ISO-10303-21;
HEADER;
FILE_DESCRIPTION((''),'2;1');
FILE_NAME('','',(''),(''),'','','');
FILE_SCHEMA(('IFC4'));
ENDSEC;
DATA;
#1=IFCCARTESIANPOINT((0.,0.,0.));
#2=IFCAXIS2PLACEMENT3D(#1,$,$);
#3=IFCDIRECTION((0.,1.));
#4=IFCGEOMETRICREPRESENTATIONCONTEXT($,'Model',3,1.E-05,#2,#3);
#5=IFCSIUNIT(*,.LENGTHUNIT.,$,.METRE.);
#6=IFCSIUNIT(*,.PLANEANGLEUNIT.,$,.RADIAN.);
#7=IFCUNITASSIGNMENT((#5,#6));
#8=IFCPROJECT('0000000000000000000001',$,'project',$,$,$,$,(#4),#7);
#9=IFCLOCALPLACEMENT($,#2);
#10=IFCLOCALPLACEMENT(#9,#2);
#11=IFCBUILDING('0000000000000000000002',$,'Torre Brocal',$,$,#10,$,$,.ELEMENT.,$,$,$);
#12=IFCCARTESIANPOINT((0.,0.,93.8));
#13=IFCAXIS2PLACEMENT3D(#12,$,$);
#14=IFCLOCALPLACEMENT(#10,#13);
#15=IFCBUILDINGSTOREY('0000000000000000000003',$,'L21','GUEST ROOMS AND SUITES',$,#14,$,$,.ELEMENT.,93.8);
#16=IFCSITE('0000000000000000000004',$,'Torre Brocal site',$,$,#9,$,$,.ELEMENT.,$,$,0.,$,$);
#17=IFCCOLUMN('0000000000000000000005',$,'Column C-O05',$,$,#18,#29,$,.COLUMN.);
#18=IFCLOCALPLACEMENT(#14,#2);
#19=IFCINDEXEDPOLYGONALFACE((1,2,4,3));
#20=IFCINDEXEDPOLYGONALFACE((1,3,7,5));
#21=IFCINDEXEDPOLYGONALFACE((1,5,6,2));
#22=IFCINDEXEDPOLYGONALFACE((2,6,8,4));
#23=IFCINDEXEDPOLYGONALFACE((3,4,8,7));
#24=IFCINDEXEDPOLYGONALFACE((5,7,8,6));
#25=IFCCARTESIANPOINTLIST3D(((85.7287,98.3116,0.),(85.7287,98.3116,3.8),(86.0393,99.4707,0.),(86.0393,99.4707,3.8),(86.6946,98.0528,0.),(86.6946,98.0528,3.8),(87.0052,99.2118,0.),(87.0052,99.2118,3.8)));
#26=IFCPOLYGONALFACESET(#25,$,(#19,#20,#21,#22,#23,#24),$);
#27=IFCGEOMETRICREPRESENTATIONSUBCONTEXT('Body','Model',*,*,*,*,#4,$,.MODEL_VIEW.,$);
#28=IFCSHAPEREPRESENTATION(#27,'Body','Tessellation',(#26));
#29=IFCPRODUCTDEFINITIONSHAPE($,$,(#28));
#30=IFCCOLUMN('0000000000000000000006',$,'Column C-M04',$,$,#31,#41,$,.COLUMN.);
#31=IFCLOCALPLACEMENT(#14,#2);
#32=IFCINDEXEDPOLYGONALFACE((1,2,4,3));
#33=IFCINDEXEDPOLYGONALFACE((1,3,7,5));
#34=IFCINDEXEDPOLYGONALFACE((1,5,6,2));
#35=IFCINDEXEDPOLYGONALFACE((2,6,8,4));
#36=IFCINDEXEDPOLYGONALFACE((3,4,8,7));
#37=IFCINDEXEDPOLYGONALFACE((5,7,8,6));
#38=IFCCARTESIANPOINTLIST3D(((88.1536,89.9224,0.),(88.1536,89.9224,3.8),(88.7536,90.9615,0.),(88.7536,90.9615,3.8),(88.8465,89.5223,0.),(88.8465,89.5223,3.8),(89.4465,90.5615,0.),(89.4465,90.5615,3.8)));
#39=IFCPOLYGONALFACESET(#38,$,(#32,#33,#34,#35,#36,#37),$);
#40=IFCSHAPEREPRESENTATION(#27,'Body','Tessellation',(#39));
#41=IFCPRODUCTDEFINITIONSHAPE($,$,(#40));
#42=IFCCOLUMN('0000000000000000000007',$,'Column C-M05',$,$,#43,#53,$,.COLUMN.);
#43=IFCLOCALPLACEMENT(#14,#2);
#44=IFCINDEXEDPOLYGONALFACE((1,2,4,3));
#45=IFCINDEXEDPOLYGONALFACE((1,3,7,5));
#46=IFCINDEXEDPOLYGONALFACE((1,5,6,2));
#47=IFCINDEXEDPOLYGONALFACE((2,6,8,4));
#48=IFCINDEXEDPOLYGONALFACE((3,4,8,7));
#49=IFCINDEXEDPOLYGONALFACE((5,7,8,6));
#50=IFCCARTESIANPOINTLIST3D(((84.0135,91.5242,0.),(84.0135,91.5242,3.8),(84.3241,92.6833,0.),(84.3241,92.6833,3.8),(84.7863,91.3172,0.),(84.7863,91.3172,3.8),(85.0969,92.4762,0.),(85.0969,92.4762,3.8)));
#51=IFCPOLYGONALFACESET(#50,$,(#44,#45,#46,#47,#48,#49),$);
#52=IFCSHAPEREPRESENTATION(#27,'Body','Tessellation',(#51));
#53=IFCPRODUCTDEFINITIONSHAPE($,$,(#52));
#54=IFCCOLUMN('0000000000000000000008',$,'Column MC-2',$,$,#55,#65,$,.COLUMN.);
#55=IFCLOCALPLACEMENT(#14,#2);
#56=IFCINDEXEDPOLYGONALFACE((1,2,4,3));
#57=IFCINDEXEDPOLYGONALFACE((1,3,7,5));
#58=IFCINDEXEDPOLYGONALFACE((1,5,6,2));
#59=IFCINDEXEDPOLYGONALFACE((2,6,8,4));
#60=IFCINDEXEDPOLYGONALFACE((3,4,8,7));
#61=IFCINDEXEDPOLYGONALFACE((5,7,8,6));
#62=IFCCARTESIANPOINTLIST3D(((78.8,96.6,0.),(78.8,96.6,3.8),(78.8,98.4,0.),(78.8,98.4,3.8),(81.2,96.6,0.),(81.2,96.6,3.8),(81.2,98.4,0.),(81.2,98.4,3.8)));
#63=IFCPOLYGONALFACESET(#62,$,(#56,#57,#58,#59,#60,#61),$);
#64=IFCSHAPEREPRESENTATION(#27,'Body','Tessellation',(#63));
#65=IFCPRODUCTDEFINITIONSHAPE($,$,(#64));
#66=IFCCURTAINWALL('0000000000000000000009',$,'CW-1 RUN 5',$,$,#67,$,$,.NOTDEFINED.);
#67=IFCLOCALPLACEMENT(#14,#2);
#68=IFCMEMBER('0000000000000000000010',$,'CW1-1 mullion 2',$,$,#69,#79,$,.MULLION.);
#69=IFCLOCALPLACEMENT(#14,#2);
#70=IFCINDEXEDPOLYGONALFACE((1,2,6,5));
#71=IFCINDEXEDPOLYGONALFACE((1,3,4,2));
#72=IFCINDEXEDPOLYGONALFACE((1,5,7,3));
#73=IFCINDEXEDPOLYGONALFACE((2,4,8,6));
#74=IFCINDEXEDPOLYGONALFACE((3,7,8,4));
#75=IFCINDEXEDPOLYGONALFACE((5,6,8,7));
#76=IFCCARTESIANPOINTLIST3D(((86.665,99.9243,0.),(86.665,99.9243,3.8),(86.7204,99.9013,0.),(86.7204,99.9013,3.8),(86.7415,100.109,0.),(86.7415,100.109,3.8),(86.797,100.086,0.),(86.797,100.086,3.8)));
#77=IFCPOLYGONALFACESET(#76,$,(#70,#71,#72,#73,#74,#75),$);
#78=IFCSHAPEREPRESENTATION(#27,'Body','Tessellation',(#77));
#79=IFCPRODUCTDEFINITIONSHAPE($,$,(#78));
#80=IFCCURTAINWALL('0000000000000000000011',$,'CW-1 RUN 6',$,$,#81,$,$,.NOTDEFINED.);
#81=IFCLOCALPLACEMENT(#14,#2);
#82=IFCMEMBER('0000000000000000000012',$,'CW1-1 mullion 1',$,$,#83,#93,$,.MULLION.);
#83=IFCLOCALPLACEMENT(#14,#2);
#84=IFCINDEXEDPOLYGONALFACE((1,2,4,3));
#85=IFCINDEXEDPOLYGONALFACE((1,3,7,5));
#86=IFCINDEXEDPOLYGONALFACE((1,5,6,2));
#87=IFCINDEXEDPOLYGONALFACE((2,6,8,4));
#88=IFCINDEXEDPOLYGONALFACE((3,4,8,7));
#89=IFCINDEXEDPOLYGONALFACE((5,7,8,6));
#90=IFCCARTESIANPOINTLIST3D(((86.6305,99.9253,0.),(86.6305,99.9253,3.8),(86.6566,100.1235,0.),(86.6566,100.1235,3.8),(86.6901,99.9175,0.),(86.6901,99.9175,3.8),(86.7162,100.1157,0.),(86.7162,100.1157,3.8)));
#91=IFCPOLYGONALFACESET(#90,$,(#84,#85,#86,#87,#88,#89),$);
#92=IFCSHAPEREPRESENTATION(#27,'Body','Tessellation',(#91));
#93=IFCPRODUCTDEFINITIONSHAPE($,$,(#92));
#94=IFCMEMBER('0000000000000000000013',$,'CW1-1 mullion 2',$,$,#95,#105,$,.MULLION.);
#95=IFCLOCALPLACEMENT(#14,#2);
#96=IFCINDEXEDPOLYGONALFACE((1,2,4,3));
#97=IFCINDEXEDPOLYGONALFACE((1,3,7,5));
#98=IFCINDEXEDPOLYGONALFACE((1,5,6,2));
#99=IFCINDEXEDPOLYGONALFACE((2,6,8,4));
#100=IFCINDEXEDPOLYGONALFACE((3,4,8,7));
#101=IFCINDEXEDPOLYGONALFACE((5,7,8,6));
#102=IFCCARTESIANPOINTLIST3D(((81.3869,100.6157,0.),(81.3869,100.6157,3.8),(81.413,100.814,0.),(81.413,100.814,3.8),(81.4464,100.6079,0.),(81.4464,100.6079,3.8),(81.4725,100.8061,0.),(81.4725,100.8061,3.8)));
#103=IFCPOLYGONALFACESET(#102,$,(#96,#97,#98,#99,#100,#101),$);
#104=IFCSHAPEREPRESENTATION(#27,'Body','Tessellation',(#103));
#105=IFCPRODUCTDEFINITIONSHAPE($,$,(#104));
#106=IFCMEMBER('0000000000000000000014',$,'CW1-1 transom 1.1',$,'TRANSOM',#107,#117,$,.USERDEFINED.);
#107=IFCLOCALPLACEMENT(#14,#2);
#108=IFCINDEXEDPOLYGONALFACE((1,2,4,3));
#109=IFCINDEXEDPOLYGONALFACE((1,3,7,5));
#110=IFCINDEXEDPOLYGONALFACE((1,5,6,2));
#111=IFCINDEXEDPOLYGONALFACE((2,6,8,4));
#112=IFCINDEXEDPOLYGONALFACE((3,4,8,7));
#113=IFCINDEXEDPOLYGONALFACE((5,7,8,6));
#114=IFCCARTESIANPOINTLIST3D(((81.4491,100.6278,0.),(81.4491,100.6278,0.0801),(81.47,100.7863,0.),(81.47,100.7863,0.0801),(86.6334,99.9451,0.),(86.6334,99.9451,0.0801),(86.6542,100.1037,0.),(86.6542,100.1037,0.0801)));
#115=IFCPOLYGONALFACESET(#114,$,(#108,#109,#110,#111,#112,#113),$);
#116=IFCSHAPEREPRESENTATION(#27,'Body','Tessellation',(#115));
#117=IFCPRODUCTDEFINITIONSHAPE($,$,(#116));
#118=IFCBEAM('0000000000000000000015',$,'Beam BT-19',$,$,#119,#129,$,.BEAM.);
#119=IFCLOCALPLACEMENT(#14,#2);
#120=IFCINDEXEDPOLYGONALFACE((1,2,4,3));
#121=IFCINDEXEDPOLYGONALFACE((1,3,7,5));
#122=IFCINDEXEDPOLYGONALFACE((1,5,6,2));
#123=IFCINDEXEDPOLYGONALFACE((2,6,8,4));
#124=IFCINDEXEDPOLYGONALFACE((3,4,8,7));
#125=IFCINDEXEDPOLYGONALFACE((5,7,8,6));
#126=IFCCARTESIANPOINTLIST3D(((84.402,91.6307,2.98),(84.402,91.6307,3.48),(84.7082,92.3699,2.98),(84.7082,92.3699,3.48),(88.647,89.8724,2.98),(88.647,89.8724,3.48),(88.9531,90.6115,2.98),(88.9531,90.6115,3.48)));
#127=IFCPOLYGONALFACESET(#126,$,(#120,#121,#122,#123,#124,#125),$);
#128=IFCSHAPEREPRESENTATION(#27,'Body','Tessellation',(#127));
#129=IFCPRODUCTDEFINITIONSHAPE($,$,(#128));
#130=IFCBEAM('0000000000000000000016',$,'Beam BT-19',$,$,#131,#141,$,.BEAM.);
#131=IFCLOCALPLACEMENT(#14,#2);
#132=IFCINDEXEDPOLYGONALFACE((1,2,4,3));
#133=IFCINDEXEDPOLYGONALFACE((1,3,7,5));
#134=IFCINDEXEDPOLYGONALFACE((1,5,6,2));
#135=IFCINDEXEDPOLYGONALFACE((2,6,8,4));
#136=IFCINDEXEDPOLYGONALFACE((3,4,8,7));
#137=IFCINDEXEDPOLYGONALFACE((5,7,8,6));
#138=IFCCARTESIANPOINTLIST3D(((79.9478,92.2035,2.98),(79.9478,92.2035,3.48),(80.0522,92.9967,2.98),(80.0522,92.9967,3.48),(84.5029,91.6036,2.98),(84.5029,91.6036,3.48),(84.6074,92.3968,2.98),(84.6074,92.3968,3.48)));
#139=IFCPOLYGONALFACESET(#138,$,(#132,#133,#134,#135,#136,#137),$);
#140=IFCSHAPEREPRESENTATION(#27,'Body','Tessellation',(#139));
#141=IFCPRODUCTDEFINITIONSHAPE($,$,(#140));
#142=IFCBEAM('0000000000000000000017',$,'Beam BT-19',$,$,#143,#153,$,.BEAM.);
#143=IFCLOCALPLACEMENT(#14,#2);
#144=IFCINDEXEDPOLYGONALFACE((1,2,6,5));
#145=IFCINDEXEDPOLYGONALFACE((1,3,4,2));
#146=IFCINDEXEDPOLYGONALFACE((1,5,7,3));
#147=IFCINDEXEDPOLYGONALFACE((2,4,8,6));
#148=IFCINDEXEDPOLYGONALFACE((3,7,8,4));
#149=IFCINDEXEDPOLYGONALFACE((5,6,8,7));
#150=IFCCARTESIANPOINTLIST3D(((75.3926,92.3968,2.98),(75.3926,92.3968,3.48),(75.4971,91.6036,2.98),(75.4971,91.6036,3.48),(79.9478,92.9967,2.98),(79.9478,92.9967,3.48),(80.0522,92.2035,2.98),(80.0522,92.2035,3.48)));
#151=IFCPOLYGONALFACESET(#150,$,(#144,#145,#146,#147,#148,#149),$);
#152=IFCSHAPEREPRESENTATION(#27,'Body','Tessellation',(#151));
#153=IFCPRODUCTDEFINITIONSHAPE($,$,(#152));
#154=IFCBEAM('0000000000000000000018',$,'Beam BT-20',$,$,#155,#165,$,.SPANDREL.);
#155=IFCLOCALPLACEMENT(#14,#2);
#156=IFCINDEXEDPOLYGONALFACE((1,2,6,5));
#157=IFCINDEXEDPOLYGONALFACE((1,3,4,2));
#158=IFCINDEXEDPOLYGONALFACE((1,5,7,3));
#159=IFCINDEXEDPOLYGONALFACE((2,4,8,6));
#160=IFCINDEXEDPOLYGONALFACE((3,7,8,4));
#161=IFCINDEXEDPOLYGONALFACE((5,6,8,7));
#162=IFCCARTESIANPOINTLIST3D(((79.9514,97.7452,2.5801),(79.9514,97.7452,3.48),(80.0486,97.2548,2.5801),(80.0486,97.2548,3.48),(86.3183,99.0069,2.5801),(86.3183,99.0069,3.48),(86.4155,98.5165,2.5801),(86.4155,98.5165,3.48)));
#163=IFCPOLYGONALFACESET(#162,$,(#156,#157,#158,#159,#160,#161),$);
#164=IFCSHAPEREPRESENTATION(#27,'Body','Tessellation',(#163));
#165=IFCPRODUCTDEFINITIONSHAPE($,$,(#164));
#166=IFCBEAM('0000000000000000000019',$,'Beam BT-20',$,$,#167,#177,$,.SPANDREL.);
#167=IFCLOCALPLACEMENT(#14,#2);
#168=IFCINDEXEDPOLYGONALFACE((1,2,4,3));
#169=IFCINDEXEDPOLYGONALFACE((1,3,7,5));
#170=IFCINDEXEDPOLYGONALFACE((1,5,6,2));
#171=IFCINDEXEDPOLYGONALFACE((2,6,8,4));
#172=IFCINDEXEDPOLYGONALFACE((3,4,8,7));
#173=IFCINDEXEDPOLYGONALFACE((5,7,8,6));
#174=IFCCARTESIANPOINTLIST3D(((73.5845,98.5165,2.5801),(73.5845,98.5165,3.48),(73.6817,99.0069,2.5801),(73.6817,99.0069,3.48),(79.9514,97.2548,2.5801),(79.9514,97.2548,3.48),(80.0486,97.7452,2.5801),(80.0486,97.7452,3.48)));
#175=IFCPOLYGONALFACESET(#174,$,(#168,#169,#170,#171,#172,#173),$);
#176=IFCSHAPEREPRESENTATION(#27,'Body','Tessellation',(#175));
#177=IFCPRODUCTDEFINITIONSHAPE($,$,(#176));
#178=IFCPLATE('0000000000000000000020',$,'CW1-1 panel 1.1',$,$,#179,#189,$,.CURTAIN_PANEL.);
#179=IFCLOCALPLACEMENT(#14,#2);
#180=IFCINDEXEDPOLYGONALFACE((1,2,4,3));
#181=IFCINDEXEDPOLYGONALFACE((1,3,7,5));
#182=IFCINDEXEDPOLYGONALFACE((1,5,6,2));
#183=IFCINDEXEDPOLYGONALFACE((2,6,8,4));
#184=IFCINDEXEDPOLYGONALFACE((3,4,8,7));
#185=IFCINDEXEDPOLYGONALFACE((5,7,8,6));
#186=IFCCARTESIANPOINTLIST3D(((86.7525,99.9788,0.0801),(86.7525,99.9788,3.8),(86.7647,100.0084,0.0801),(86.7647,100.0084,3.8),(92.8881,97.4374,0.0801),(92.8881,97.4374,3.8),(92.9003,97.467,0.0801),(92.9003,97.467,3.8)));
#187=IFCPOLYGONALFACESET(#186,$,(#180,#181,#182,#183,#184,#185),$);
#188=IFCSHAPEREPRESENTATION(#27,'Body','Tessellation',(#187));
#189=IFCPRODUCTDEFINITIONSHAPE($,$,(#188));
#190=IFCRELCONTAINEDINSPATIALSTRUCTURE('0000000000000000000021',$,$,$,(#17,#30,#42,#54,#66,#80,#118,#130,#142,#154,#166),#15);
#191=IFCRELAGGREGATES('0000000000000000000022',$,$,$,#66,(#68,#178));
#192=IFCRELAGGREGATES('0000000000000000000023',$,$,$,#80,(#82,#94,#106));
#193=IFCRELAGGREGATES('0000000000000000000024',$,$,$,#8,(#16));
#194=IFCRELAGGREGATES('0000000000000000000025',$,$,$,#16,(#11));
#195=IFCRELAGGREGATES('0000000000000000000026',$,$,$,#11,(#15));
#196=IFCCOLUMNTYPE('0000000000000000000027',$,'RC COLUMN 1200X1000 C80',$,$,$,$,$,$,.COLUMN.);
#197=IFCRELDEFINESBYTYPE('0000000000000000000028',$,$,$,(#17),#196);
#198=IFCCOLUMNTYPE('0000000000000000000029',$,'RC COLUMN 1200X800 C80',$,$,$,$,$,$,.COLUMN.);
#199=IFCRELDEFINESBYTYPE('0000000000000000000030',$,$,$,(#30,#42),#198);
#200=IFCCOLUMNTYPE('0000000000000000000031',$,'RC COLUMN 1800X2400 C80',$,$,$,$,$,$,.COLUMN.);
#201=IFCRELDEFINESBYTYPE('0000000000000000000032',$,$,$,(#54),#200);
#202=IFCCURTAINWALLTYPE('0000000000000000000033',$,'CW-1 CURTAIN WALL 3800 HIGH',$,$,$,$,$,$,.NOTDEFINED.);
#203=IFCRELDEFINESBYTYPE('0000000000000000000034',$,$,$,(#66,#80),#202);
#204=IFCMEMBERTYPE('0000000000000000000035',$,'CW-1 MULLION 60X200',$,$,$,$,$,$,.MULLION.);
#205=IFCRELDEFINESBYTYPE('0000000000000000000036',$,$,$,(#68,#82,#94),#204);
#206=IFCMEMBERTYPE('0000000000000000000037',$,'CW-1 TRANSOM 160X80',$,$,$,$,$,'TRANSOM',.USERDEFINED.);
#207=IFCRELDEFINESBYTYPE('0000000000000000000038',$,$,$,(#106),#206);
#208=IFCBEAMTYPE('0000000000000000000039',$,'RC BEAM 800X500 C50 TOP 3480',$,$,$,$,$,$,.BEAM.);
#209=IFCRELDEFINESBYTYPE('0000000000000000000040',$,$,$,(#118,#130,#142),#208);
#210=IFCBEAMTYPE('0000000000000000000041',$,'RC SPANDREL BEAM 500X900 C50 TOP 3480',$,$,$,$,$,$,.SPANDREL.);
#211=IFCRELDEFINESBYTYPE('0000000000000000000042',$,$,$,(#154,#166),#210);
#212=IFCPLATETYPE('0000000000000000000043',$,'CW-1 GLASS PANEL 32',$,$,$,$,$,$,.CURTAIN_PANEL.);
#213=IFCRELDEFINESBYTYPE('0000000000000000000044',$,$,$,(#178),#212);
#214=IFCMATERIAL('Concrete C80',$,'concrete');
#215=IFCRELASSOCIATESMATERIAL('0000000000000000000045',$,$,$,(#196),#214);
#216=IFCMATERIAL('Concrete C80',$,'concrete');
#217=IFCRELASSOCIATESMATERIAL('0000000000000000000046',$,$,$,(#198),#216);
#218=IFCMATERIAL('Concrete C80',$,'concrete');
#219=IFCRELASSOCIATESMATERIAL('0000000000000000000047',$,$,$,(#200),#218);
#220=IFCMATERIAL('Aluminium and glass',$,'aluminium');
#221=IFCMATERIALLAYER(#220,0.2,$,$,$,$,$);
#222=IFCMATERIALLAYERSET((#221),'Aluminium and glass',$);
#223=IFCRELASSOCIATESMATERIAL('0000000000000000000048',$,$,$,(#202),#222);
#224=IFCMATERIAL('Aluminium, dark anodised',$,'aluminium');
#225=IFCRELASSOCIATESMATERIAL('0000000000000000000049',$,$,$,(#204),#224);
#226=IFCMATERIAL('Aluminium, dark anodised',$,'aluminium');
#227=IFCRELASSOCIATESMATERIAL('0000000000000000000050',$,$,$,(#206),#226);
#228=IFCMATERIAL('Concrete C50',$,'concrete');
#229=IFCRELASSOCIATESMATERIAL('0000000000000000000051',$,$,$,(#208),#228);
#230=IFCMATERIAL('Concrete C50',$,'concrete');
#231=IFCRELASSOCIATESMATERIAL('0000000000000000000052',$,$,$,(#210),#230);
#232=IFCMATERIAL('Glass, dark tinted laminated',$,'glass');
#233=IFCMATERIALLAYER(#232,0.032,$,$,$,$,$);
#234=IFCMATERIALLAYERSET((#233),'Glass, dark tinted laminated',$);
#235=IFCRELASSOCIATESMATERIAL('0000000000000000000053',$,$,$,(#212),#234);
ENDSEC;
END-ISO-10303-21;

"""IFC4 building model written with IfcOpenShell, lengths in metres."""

from ifc_helpers import new_model, si_unit, direction, frame, origin, origin_2d, place, context, subcontext, project, spatial, rectangle, extrude, material, layer, layer_set, material_profile, profile_set, type_object, element, aggregate, save


model = new_model("IFC4")

# Units and contexts
model_context = context("Model", 3, precision=1e-05, world=origin(), true_north=direction((0.0, 1.0)))
body_context = subcontext(model_context, "Body", "Model", "MODEL_VIEW")
ifc_project = project(units=[si_unit("LENGTHUNIT", "METRE"), si_unit("PLANEANGLEUNIT", "RADIAN")], contexts=[model_context])

# Site, building, storey
site_placement = place(None, origin())
site = spatial("IfcSite", under=ifc_project, at=site_placement, Name="Torre Brocal site", CompositionType="ELEMENT", RefElevation=0.0)
building_placement = place(site_placement, origin())
building = spatial("IfcBuilding", under=site, at=building_placement, Name="Torre Brocal", CompositionType="ELEMENT")
storey_placement = place(building_placement, frame((0.0, 0.0, 93.8)))
storey = spatial("IfcBuildingStorey", under=building, at=storey_placement, Name="L21", Description="GUEST ROOMS AND SUITES", CompositionType="ELEMENT", Elevation=93.8)

# Columns
ifc_material_1 = material(Name="Concrete C80", Category="concrete")
ifc_material_profile_1 = material_profile(ifc_material_1, rectangle(XDim=1.2, YDim=1.0, at=origin_2d()), Name="RC 1200X1000")
ifc_profile_set_1 = profile_set([ifc_material_profile_1], Name="Concrete C80")
column_type_1 = type_object("IfcColumnType", Name="RC COLUMN 1200X1000 C80", PredefinedType="COLUMN", material=ifc_profile_set_1)
column_1_placement = place(storey_placement, frame((86.3669, 98.7617, 0.0), z_axis=(0.0, 0.0, 1.0), x_axis=(0.258819, 0.965926, 0.0)))
element("IfcColumn", 1, at=column_1_placement, inside=storey, type_object=column_type_1, Name="Column C-O05", PredefinedType="COLUMN", context=body_context, shape_type="SweptSolid", body=[
    extrude(rectangle(XDim=1.2, YDim=1.0, at=origin_2d()), origin(), (0.0, 0.0, 1.0), 3.8),
])
ifc_material_2 = material(Name="Concrete C80", Category="concrete")
ifc_material_profile_2 = material_profile(ifc_material_2, rectangle(XDim=1.2, YDim=0.8, at=origin_2d()), Name="RC 1200X800")
ifc_profile_set_2 = profile_set([ifc_material_profile_2], Name="Concrete C80")
column_type_2 = type_object("IfcColumnType", Name="RC COLUMN 1200X800 C80", PredefinedType="COLUMN", material=ifc_profile_set_2)
for number, where, z_axis, x_axis, name in (
    (2, (88.8, 90.2419, 0.0), (0.0, 0.0, 1.0), (0.5, 0.866025, 0.0), "Column C-M04"),
    (3, (84.5552, 92.0002, 0.0), (0.0, 0.0, 1.0), (0.258819, 0.965926, 0.0), "Column C-M05"),
):
    element("IfcColumn", number, at=place(storey_placement, frame(where, z_axis=z_axis, x_axis=x_axis)), inside=storey, type_object=column_type_2, Name=name, PredefinedType="COLUMN", context=body_context, shape_type="SweptSolid", body=[
        extrude(rectangle(XDim=1.2, YDim=0.8, at=origin_2d()), origin(), (0.0, 0.0, 1.0), 3.8),
    ])
ifc_material_3 = material(Name="Concrete C80", Category="concrete")
ifc_material_profile_3 = material_profile(ifc_material_3, rectangle(XDim=1.8, YDim=2.3999, at=origin_2d()), Name="RC 1800X2400")
ifc_profile_set_3 = profile_set([ifc_material_profile_3], Name="Concrete C80")
column_type_3 = type_object("IfcColumnType", Name="RC COLUMN 1800X2400 C80", PredefinedType="COLUMN", material=ifc_profile_set_3)
column_2_placement = place(storey_placement, frame((80.0, 97.5, 0.0), z_axis=(0.0, 0.0, 1.0), x_axis=(0.0, 1.0, 0.0)))
element("IfcColumn", 4, at=column_2_placement, inside=storey, type_object=column_type_3, Name="Column MC-2", PredefinedType="COLUMN", context=body_context, shape_type="SweptSolid", body=[
    extrude(rectangle(XDim=1.8, YDim=2.3999, at=origin_2d()), origin(), (0.0, 0.0, 1.0), 3.8),
])

# Curtain wall, member
ifc_material_4 = material(Name="Aluminium and glass", Category="aluminium")
ifc_layer_1 = layer(ifc_material_4, 0.2)
ifc_layer_set_1 = layer_set([ifc_layer_1], Name="Aluminium and glass")
curtain_wall_type = type_object("IfcCurtainWallType", Name="CW-1 CURTAIN WALL 3800 HIGH", PredefinedType="NOTDEFINED", material=ifc_layer_set_1)
curtain_wall_1_placement = place(storey_placement, origin())
curtain_wall_1 = element("IfcCurtainWall", 5, at=curtain_wall_1_placement, inside=storey, type_object=curtain_wall_type, Name="CW-1 RUN 5", PredefinedType="NOTDEFINED")
ifc_material_5 = material(Name="Aluminium, dark anodised", Category="aluminium")
ifc_material_profile_4 = material_profile(ifc_material_5, rectangle(XDim=0.2, YDim=0.0601, at=origin_2d()), Name="CW-1 MULLION 60X200")
ifc_profile_set_4 = profile_set([ifc_material_profile_4], Name="Aluminium, dark anodised")
member_type_1 = type_object("IfcMemberType", Name="CW-1 MULLION 60X200", PredefinedType="MULLION", material=ifc_profile_set_4)
member_1_placement = place(storey_placement, frame((86.731, 100.0051, 0.0), z_axis=(0.0, 0.0, 1.0), x_axis=(-0.382683, -0.92388, 0.0)))
member_1 = element("IfcMember", 6, at=member_1_placement, type_object=member_type_1, Name="CW1-1 mullion 2", PredefinedType="MULLION", context=body_context, shape_type="SweptSolid", body=[
    extrude(rectangle(XDim=0.2, YDim=0.0601, at=origin_2d()), origin(), (0.0, 0.0, 1.0), 3.8),
])

# Curtain wall, members
curtain_wall_2_placement = place(storey_placement, origin())
curtain_wall_2 = element("IfcCurtainWall", 7, at=curtain_wall_2_placement, inside=storey, type_object=curtain_wall_type, Name="CW-1 RUN 6", PredefinedType="NOTDEFINED")
member_2_placement = place(storey_placement, frame((86.6733, 100.0205, 0.0), z_axis=(0.0, 0.0, 1.0), x_axis=(-0.130526, -0.991445, 0.0)))
member_2 = element("IfcMember", 8, at=member_2_placement, type_object=member_type_1, Name="CW1-1 mullion 1", PredefinedType="MULLION", context=body_context, shape_type="SweptSolid", body=[
    extrude(rectangle(XDim=0.2, YDim=0.0601, at=origin_2d()), origin(), (0.0, 0.0, 1.0), 3.8),
])
member_3_placement = place(storey_placement, frame((81.4297, 100.7109, 0.0), z_axis=(0.0, 0.0, 1.0), x_axis=(-0.130526, -0.991445, 0.0)))
member_3 = element("IfcMember", 9, at=member_3_placement, type_object=member_type_1, Name="CW1-1 mullion 2", PredefinedType="MULLION", context=body_context, shape_type="SweptSolid", body=[
    extrude(rectangle(XDim=0.2, YDim=0.0601, at=origin_2d()), origin(), (0.0, 0.0, 1.0), 3.8),
])
ifc_material_6 = material(Name="Aluminium, dark anodised", Category="aluminium")
ifc_material_profile_5 = material_profile(ifc_material_6, rectangle(XDim=0.1599, YDim=0.0801, at=origin_2d()), Name="CW-1 TRANSOM 160X80")
ifc_profile_set_5 = profile_set([ifc_material_profile_5], Name="Aluminium, dark anodised")
member_type_2 = type_object("IfcMemberType", Name="CW-1 TRANSOM 160X80", ElementType="TRANSOM", PredefinedType="USERDEFINED", material=ifc_profile_set_5)
member_4_placement = place(storey_placement, frame((86.6438, 100.0244, 0.04), z_axis=(-0.991443, 0.130543, 0.0), x_axis=(-0.130543, -0.991443, 0.0)))
member_4 = element("IfcMember", 10, at=member_4_placement, type_object=member_type_2, Name="CW1-1 transom 1.1", ObjectType="TRANSOM", PredefinedType="USERDEFINED", context=body_context, shape_type="SweptSolid", body=[
    extrude(rectangle(XDim=0.1599, YDim=0.0801, at=origin_2d()), origin(), (0.0, 0.0, 1.0), 5.229),
])

# Beams
ifc_material_7 = material(Name="Concrete C50", Category="concrete")
ifc_material_profile_6 = material_profile(ifc_material_7, rectangle(XDim=0.8, YDim=0.5, at=origin_2d()), Name="RC 800X500")
ifc_profile_set_6 = profile_set([ifc_material_profile_6], Name="Concrete C50")
beam_type_1 = type_object("IfcBeamType", Name="RC BEAM 800X500 C50 TOP 3480", PredefinedType="BEAM", material=ifc_profile_set_6)
beam_placement = place(storey_placement, frame((88.8, 90.2419, 3.23), z_axis=(-0.923878, 0.382687, 0.0), x_axis=(-0.382687, -0.923878, 0.0)))
element("IfcBeam", 11, at=beam_placement, inside=storey, type_object=beam_type_1, Name="Beam BT-19", PredefinedType="BEAM", context=body_context, shape_type="SweptSolid", body=[
    extrude(rectangle(XDim=0.8, YDim=0.5, at=origin_2d()), origin(), (0.0, 0.0, 1.0), 4.5947),
])
for number, where, z_axis, x_axis, name in (
    (12, (84.5552, 92.0002, 3.23), (-0.991441, 0.130559, 0.0), (-0.130559, -0.991441, 0.0), "Beam BT-19"),
    (13, (80.0, 92.6001, 3.23), (-0.991441, -0.130559, 0.0), (0.130559, -0.991441, 0.0), "Beam BT-19"),
):
    element("IfcBeam", number, at=place(storey_placement, frame(where, z_axis=z_axis, x_axis=x_axis)), inside=storey, type_object=beam_type_1, Name=name, PredefinedType="BEAM", context=body_context, shape_type="SweptSolid", body=[
        extrude(rectangle(XDim=0.8, YDim=0.5, at=origin_2d()), origin(), (0.0, 0.0, 1.0), 4.5945),
    ])
ifc_material_8 = material(Name="Concrete C50", Category="concrete")
ifc_material_profile_7 = material_profile(ifc_material_8, rectangle(XDim=0.5, YDim=0.8999, at=origin_2d()), Name="RC 500X900")
ifc_profile_set_7 = profile_set([ifc_material_profile_7], Name="Concrete C50")
beam_type_2 = type_object("IfcBeamType", Name="RC SPANDREL BEAM 500X900 C50 TOP 3480", PredefinedType="SPANDREL", material=ifc_profile_set_7)
for number, where, z_axis, x_axis, name in (
    (14, (86.3669, 98.7617, 3.03), (-0.980925, -0.194387, 0.0), (0.194387, -0.980925, 0.0), "Beam BT-20"),
    (15, (80.0, 97.5, 3.03), (-0.980925, 0.194387, 0.0), (-0.194387, -0.980925, 0.0), "Beam BT-20"),
):
    element("IfcBeam", number, at=place(storey_placement, frame(where, z_axis=z_axis, x_axis=x_axis)), inside=storey, type_object=beam_type_2, Name=name, PredefinedType="SPANDREL", context=body_context, shape_type="SweptSolid", body=[
        extrude(rectangle(XDim=0.5, YDim=0.8999, at=origin_2d()), origin(), (0.0, 0.0, 1.0), 6.4907),
    ])

# Plate
ifc_material_9 = material(Name="Glass, dark tinted laminated", Category="glass")
ifc_layer_2 = layer(ifc_material_9, 0.032)
ifc_layer_set_2 = layer_set([ifc_layer_2], Name="Glass, dark tinted laminated")
plate_type = type_object("IfcPlateType", Name="CW-1 GLASS PANEL 32", PredefinedType="CURTAIN_PANEL", material=ifc_layer_set_2)
plate_1_placement = place(storey_placement, frame((89.8264, 98.7229, 0.0801), z_axis=(0.0, 0.0, 1.0), x_axis=(-0.92388, 0.382683, 0.0)))
plate_1 = element("IfcPlate", 16, at=plate_1_placement, type_object=plate_type, Name="CW1-1 panel 1.1", PredefinedType="CURTAIN_PANEL", context=body_context, shape_type="SweptSolid", body=[
    extrude(rectangle(XDim=6.6411, YDim=0.032, at=origin_2d()), origin(), (0.0, 0.0, 1.0), 3.72),
])
aggregate(curtain_wall_1, [member_1, plate_1])
aggregate(curtain_wall_2, [member_2, member_3, member_4])

save(model, "model.ifc")
